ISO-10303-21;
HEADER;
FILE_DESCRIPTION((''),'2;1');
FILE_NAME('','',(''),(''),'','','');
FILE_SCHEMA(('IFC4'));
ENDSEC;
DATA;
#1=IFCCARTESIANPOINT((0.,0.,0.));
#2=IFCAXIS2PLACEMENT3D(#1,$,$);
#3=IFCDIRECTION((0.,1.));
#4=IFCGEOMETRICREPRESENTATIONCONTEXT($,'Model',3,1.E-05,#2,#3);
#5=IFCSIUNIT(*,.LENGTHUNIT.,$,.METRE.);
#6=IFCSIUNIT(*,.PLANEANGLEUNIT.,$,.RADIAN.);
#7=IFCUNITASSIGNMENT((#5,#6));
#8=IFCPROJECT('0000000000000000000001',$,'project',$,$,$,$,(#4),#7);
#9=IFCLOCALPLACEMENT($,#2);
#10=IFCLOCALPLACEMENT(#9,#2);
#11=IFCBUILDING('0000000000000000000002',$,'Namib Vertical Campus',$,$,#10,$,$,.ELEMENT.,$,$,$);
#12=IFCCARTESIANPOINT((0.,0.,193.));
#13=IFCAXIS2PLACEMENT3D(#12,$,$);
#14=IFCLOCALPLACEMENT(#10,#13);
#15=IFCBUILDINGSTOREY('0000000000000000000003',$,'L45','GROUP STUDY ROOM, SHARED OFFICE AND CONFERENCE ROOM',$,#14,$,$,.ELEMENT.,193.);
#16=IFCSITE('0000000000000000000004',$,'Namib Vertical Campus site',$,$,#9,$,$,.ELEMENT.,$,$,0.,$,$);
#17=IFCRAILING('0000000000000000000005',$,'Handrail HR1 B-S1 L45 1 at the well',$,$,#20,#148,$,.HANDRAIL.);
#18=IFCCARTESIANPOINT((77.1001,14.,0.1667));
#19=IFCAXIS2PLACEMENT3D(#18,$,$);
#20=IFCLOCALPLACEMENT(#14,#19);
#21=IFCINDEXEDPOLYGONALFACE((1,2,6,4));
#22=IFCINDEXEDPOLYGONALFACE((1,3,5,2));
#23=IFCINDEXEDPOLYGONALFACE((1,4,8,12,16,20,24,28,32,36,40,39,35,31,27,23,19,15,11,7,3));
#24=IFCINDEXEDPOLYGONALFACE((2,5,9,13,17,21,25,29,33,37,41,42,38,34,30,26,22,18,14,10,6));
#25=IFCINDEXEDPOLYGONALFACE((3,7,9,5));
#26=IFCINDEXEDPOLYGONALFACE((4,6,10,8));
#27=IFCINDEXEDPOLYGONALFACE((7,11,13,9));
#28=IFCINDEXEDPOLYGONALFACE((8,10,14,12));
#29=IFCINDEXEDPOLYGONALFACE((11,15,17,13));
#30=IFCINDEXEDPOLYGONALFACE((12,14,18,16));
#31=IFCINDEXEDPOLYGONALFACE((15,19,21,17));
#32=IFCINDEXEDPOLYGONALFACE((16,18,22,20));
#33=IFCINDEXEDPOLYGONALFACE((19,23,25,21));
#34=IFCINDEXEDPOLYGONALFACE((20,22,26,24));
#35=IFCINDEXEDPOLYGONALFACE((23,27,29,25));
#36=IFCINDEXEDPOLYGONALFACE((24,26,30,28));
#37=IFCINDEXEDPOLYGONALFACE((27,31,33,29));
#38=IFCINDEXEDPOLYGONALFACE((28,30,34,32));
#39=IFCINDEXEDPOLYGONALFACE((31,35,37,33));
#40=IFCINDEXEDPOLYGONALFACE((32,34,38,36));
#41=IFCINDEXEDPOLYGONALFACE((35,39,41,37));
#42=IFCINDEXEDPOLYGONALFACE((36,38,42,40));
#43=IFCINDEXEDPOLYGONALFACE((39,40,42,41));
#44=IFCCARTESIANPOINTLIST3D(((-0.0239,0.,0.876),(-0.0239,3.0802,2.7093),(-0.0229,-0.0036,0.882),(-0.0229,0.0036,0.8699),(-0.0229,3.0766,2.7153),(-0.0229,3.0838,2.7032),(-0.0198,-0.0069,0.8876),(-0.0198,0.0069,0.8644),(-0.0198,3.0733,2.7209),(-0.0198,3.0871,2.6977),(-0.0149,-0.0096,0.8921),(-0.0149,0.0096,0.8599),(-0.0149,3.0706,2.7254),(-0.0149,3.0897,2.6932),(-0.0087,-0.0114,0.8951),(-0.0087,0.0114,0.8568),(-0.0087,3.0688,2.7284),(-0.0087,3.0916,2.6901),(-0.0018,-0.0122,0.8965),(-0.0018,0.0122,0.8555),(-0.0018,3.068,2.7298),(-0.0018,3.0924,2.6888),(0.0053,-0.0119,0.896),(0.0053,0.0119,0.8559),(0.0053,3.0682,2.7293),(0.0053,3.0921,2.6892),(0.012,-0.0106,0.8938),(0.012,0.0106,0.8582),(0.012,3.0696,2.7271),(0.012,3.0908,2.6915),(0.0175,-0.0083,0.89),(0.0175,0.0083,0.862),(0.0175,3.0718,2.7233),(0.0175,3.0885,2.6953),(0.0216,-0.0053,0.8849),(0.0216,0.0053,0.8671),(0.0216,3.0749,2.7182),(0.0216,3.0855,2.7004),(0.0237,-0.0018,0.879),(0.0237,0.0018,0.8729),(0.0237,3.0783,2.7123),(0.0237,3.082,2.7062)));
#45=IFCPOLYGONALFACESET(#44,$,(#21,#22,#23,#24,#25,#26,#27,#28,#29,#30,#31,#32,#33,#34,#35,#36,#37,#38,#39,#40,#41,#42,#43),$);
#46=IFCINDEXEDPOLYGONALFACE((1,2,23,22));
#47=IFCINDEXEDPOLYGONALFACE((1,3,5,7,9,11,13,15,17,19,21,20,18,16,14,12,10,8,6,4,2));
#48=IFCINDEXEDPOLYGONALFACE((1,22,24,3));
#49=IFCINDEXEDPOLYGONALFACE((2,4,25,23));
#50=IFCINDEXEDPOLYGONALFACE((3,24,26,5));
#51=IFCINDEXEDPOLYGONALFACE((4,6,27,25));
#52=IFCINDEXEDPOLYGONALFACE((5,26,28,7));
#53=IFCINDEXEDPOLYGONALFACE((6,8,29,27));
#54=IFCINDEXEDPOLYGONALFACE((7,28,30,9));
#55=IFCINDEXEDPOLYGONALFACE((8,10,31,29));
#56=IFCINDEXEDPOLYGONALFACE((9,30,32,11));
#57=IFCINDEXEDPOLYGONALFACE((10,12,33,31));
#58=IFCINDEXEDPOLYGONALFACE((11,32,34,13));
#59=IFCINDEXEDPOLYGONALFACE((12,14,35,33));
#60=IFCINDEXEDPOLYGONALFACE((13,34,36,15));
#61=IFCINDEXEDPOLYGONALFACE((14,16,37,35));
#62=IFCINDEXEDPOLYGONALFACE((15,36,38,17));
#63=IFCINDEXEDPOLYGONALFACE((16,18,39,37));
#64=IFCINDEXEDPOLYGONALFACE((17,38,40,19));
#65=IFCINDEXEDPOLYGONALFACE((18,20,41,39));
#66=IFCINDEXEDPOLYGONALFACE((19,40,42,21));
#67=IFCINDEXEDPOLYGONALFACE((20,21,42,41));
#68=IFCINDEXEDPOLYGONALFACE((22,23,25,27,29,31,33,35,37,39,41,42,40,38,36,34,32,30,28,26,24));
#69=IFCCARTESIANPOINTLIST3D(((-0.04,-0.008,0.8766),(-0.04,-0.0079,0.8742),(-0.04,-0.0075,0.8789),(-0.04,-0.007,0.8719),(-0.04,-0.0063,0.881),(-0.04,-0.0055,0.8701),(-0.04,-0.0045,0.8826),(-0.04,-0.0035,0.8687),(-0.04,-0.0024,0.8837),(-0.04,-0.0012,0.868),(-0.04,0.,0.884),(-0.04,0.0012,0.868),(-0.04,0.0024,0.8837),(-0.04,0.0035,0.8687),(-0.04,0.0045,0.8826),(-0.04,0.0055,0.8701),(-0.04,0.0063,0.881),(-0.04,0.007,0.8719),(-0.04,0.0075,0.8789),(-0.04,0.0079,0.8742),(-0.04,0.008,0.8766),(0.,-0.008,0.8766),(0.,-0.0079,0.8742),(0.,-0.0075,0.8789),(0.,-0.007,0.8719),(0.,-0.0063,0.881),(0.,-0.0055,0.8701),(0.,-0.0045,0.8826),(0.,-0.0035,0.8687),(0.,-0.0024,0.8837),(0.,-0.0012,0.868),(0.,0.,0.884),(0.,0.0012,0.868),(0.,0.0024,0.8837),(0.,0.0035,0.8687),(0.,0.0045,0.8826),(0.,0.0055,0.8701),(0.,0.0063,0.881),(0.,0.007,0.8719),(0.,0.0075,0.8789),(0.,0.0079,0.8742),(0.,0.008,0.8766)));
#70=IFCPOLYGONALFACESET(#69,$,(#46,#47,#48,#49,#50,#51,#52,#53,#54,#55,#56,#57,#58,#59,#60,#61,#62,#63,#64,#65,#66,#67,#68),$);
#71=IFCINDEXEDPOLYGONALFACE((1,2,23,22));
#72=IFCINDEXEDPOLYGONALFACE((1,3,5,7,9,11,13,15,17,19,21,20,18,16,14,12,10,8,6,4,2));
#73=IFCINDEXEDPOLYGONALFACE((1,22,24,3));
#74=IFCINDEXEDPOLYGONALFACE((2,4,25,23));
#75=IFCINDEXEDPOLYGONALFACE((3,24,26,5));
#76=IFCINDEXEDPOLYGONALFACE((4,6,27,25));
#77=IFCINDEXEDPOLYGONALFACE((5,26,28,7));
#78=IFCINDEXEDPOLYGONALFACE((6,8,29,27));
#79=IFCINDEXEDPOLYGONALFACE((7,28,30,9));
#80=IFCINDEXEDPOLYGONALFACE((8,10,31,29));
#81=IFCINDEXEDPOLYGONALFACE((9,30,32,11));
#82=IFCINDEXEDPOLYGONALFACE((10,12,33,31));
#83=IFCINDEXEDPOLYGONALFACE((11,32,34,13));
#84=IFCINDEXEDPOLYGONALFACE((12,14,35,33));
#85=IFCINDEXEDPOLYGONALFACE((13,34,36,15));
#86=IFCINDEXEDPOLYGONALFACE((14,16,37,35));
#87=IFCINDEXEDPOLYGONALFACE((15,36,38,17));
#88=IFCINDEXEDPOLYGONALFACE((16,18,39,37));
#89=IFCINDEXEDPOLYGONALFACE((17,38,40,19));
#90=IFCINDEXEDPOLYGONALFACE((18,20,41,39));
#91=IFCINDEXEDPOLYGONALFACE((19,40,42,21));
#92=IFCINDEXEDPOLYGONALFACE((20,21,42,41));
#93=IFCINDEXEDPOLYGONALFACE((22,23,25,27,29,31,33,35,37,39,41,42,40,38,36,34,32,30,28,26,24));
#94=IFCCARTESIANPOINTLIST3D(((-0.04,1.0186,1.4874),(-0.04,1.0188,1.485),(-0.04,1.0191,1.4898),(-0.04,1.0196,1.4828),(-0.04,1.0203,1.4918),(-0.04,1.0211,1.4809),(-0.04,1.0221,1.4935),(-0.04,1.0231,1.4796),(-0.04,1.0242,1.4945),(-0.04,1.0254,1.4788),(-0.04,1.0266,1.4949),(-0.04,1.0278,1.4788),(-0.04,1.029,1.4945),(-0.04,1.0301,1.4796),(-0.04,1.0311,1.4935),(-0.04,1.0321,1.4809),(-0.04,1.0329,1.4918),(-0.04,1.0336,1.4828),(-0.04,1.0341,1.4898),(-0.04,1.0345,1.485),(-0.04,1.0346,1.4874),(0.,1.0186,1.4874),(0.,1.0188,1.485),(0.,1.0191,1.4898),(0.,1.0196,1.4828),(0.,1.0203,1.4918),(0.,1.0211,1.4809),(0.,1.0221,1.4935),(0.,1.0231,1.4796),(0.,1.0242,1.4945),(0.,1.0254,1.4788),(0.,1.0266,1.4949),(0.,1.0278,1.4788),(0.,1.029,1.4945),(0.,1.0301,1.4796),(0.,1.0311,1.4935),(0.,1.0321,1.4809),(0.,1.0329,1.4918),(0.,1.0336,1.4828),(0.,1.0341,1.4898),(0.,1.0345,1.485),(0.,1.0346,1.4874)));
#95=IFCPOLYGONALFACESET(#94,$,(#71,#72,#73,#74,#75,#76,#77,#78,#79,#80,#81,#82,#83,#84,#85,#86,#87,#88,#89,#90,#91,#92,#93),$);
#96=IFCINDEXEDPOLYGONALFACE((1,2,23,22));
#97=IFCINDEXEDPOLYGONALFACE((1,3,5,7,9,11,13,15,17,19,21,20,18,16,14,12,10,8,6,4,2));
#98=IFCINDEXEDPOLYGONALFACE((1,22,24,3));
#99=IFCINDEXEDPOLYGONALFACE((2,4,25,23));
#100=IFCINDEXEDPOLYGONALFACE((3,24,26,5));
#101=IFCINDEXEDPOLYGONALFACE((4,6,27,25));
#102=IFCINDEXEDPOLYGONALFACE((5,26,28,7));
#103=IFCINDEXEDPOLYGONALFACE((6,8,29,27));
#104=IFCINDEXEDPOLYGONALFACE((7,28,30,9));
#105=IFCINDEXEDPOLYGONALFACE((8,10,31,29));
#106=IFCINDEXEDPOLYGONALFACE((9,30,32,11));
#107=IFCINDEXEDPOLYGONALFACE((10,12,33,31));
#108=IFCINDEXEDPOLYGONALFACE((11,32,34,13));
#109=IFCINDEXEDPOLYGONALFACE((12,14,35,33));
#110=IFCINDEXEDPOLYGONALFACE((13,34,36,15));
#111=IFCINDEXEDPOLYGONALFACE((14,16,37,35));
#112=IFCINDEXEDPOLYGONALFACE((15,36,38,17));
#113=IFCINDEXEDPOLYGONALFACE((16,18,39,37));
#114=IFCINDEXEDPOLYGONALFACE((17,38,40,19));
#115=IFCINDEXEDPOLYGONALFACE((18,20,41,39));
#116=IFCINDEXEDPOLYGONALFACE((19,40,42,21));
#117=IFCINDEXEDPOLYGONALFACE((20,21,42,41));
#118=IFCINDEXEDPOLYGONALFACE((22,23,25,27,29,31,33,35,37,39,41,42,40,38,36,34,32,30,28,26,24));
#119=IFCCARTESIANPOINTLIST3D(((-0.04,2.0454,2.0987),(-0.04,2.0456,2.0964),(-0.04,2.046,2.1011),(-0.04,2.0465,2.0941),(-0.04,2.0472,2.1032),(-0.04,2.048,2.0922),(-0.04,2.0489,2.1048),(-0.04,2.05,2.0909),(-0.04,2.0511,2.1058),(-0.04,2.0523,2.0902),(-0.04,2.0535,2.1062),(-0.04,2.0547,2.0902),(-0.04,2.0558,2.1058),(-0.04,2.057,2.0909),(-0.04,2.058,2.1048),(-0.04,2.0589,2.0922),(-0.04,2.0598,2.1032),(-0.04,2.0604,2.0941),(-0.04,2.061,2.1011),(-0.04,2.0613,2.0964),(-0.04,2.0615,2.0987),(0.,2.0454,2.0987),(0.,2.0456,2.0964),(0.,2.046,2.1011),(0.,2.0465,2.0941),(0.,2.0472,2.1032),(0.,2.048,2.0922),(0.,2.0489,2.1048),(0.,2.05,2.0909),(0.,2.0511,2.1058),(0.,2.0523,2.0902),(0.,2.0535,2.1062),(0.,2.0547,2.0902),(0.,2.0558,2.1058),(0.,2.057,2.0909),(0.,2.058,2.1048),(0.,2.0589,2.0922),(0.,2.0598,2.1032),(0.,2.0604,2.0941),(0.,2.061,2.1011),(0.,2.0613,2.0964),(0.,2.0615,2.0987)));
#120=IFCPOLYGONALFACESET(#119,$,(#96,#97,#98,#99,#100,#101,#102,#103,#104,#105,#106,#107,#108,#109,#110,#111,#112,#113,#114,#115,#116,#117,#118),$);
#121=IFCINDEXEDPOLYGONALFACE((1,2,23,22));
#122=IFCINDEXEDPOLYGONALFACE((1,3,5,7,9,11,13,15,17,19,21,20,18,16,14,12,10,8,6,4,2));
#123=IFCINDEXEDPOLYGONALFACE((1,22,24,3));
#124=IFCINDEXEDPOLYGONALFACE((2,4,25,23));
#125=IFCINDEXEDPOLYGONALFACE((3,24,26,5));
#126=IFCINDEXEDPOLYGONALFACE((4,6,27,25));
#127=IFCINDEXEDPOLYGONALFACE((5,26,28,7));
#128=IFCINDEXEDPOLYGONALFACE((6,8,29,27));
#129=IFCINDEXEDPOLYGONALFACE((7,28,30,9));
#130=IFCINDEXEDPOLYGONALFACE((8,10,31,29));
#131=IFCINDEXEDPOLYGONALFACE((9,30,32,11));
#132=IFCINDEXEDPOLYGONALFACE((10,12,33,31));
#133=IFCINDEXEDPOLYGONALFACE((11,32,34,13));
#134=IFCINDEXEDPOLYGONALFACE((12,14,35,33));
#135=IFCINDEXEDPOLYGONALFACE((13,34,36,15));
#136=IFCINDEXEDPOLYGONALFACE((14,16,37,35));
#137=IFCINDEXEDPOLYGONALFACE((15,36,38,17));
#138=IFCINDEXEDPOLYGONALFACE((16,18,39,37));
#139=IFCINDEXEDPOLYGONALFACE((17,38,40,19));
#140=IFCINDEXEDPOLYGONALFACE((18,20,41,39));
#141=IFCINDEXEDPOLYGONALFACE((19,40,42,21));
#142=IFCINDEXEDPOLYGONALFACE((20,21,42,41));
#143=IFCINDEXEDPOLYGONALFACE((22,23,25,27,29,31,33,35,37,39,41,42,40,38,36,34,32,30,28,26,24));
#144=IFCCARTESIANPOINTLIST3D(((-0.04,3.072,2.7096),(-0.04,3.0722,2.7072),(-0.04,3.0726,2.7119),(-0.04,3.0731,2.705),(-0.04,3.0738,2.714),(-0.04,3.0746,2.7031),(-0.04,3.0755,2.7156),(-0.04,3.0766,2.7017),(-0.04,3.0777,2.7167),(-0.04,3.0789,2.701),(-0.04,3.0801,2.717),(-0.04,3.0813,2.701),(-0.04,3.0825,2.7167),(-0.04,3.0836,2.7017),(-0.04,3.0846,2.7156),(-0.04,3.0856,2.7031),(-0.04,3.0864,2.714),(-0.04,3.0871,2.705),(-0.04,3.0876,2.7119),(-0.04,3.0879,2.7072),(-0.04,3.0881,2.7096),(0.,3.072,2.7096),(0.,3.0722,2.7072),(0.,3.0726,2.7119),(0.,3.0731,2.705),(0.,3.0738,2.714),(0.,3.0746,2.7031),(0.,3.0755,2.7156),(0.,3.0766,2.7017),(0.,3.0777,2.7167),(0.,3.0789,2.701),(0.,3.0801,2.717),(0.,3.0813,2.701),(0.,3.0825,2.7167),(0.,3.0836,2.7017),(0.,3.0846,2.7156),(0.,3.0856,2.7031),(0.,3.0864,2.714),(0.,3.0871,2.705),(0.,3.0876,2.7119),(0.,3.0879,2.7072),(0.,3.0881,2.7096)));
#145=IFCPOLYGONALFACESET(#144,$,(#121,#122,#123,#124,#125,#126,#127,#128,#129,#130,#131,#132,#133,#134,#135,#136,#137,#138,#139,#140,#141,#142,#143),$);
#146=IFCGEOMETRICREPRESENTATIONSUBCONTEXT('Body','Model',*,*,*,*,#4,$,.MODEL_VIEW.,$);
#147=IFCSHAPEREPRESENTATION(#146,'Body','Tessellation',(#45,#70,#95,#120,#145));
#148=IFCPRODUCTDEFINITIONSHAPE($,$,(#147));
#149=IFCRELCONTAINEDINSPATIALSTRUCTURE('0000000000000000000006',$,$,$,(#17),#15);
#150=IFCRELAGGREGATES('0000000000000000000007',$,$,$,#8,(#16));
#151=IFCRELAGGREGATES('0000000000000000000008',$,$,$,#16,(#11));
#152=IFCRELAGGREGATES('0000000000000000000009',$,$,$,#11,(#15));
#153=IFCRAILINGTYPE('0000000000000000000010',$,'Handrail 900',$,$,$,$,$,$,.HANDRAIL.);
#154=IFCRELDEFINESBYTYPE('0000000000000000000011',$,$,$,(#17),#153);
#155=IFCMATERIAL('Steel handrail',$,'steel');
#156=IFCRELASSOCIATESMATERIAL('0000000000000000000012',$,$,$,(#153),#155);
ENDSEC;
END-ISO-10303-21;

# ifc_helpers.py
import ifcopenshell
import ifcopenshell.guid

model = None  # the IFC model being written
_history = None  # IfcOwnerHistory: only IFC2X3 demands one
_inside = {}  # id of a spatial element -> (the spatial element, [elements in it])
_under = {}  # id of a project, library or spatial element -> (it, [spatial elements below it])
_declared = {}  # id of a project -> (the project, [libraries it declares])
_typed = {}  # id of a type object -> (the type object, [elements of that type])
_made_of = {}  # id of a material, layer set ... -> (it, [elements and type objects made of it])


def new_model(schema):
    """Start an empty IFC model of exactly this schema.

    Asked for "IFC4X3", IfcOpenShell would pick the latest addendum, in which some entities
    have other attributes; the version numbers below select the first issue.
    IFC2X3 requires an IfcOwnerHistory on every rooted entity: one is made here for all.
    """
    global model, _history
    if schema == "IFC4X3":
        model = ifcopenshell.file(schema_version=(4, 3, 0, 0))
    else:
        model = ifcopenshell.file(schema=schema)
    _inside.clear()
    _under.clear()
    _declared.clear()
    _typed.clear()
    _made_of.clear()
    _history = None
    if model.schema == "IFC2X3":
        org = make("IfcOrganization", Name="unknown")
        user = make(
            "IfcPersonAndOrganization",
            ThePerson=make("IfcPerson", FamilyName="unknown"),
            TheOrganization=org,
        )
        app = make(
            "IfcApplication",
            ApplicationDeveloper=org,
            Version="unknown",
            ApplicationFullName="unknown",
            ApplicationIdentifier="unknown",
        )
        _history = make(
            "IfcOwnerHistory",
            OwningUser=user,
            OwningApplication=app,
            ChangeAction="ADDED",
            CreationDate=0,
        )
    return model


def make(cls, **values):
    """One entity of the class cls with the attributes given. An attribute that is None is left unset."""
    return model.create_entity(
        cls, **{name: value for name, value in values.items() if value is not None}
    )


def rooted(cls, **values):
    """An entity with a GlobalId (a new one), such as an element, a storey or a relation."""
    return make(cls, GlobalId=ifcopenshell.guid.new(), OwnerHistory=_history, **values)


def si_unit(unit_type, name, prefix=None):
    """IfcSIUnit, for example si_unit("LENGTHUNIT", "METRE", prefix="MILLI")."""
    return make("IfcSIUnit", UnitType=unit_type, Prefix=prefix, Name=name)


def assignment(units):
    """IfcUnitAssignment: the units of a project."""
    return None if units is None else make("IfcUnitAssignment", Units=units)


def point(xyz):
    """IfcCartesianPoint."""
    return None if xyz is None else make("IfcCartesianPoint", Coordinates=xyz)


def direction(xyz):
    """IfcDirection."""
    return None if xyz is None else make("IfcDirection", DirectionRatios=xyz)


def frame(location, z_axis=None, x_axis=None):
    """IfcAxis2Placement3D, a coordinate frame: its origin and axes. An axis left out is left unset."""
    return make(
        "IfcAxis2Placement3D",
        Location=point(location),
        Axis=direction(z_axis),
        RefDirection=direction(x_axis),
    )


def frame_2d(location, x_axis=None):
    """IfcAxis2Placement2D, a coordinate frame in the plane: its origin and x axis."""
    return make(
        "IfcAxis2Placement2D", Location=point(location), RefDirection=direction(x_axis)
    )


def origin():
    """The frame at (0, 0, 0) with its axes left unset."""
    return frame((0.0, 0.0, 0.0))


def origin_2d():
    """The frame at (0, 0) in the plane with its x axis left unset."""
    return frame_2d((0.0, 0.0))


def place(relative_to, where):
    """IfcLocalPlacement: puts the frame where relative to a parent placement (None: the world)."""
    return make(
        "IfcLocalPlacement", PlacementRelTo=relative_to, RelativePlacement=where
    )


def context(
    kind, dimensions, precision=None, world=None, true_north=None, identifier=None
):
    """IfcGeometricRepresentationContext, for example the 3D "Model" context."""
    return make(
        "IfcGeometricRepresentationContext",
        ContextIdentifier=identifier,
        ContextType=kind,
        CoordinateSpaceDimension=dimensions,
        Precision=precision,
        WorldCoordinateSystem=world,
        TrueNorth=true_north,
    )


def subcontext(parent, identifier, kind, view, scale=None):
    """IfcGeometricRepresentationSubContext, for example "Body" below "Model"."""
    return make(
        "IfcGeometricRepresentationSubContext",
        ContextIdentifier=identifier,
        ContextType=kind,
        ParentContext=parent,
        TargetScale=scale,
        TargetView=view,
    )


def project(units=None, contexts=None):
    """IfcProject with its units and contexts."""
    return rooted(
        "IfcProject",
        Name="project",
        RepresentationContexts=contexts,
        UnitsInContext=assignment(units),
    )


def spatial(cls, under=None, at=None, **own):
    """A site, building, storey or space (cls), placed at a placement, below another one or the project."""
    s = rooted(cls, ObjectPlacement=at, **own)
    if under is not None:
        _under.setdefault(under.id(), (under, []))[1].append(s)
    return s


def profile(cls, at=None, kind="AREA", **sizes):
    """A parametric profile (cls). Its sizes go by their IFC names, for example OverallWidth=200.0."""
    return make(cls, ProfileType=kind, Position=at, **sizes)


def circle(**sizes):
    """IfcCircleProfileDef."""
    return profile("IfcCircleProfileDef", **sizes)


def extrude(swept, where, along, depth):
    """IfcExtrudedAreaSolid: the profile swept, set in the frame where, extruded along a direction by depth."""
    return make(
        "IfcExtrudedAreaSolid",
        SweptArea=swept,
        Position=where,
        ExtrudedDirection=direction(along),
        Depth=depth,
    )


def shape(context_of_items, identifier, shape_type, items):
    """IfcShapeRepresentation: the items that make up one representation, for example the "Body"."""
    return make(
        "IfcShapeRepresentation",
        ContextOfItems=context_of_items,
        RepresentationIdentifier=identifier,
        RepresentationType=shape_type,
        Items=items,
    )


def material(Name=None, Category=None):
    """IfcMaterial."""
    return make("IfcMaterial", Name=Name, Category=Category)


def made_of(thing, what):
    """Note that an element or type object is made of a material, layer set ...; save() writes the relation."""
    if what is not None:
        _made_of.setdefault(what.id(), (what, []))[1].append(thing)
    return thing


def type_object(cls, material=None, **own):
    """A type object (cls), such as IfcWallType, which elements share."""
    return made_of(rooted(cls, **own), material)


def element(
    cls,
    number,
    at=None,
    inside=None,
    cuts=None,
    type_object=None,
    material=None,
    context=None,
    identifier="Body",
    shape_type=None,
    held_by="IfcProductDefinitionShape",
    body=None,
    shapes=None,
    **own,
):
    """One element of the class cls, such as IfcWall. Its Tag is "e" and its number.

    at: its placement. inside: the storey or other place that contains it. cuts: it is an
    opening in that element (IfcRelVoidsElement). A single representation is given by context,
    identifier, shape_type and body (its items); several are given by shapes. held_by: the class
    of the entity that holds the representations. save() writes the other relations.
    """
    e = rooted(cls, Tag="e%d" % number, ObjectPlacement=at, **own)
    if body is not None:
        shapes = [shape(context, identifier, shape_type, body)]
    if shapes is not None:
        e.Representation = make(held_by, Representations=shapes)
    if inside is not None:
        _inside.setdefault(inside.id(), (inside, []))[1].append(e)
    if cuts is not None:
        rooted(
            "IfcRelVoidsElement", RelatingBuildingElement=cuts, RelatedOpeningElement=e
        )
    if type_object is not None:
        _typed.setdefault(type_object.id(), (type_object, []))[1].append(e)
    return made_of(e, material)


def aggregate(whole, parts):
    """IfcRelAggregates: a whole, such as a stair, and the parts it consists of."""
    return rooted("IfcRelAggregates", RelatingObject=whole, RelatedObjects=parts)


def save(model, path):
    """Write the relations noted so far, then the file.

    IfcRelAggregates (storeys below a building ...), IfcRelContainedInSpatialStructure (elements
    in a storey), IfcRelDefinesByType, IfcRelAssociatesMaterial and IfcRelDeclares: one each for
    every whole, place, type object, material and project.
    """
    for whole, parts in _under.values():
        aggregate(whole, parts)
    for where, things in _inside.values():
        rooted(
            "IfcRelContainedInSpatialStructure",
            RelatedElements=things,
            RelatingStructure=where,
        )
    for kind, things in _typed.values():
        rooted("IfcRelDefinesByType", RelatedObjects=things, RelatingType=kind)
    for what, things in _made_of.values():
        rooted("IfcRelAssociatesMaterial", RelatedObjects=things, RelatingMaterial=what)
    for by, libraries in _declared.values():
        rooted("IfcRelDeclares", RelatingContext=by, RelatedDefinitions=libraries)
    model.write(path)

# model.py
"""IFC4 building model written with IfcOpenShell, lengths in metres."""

from ifc_helpers import new_model, si_unit, direction, frame, origin, origin_2d, place, context, subcontext, project, spatial, circle, extrude, material, type_object, element, save


model = new_model("IFC4")

# Units and contexts
model_context = context("Model", 3, precision=1e-05, world=origin(), true_north=direction((0.0, 1.0)))
body_context = subcontext(model_context, "Body", "Model", "MODEL_VIEW")
ifc_project = project(units=[si_unit("LENGTHUNIT", "METRE"), si_unit("PLANEANGLEUNIT", "RADIAN")], contexts=[model_context])

# Site, building, storey
site_placement = place(None, origin())
site = spatial("IfcSite", under=ifc_project, at=site_placement, Name="Namib Vertical Campus site", CompositionType="ELEMENT", RefElevation=0.0)
building_placement = place(site_placement, origin())
building = spatial("IfcBuilding", under=site, at=building_placement, Name="Namib Vertical Campus", CompositionType="ELEMENT")
storey_placement = place(building_placement, frame((0.0, 0.0, 193.0)))
storey = spatial("IfcBuildingStorey", under=building, at=storey_placement, Name="L45", Description="GROUP STUDY ROOM, SHARED OFFICE AND CONFERENCE ROOM", CompositionType="ELEMENT", Elevation=193.0)

# Railing
ifc_material_1 = material(Name="Steel handrail", Category="steel")
railing_type_1 = type_object("IfcRailingType", Name="Handrail 900", PredefinedType="HANDRAIL", material=ifc_material_1)
railing_1_placement = place(storey_placement, frame((77.1001, 14.0, 0.1667)))
element("IfcRailing", 1, at=railing_1_placement, inside=storey, type_object=railing_type_1, Name="Handrail HR1 B-S1 L45 1 at the well", PredefinedType="HANDRAIL", context=body_context, shape_type="SweptSolid", body=[
    extrude(circle(Radius=0.0239, at=origin_2d()), frame((0.0, 0.0, 0.876), z_axis=(0.0, 0.859309, 0.511458), x_axis=(-1.0, 0.0, 0.0)), (0.0, 0.0, 1.0), 3.5845),
    extrude(circle(Radius=0.0081, at=origin_2d()), frame((0.0, 0.0, 0.876), z_axis=(-1.0, 0.0, 0.0), x_axis=(0.0, 0.0, 1.0)), (0.0, 0.0, 1.0), 0.04),
    extrude(circle(Radius=0.0081, at=origin_2d()), frame((0.0, 1.0266, 1.4868), z_axis=(-1.0, 0.0, 0.0), x_axis=(0.0, 0.0, 1.0)), (0.0, 0.0, 1.0), 0.04),
    extrude(circle(Radius=0.0081, at=origin_2d()), frame((0.0, 2.0535, 2.0981), z_axis=(-1.0, 0.0, 0.0), x_axis=(0.0, 0.0, 1.0)), (0.0, 0.0, 1.0), 0.04),
    extrude(circle(Radius=0.0081, at=origin_2d()), frame((0.0, 3.0801, 2.709), z_axis=(-1.0, 0.0, 0.0), x_axis=(0.0, 0.0, 1.0)), (0.0, 0.0, 1.0), 0.04),
])

save(model, "model.ifc")
